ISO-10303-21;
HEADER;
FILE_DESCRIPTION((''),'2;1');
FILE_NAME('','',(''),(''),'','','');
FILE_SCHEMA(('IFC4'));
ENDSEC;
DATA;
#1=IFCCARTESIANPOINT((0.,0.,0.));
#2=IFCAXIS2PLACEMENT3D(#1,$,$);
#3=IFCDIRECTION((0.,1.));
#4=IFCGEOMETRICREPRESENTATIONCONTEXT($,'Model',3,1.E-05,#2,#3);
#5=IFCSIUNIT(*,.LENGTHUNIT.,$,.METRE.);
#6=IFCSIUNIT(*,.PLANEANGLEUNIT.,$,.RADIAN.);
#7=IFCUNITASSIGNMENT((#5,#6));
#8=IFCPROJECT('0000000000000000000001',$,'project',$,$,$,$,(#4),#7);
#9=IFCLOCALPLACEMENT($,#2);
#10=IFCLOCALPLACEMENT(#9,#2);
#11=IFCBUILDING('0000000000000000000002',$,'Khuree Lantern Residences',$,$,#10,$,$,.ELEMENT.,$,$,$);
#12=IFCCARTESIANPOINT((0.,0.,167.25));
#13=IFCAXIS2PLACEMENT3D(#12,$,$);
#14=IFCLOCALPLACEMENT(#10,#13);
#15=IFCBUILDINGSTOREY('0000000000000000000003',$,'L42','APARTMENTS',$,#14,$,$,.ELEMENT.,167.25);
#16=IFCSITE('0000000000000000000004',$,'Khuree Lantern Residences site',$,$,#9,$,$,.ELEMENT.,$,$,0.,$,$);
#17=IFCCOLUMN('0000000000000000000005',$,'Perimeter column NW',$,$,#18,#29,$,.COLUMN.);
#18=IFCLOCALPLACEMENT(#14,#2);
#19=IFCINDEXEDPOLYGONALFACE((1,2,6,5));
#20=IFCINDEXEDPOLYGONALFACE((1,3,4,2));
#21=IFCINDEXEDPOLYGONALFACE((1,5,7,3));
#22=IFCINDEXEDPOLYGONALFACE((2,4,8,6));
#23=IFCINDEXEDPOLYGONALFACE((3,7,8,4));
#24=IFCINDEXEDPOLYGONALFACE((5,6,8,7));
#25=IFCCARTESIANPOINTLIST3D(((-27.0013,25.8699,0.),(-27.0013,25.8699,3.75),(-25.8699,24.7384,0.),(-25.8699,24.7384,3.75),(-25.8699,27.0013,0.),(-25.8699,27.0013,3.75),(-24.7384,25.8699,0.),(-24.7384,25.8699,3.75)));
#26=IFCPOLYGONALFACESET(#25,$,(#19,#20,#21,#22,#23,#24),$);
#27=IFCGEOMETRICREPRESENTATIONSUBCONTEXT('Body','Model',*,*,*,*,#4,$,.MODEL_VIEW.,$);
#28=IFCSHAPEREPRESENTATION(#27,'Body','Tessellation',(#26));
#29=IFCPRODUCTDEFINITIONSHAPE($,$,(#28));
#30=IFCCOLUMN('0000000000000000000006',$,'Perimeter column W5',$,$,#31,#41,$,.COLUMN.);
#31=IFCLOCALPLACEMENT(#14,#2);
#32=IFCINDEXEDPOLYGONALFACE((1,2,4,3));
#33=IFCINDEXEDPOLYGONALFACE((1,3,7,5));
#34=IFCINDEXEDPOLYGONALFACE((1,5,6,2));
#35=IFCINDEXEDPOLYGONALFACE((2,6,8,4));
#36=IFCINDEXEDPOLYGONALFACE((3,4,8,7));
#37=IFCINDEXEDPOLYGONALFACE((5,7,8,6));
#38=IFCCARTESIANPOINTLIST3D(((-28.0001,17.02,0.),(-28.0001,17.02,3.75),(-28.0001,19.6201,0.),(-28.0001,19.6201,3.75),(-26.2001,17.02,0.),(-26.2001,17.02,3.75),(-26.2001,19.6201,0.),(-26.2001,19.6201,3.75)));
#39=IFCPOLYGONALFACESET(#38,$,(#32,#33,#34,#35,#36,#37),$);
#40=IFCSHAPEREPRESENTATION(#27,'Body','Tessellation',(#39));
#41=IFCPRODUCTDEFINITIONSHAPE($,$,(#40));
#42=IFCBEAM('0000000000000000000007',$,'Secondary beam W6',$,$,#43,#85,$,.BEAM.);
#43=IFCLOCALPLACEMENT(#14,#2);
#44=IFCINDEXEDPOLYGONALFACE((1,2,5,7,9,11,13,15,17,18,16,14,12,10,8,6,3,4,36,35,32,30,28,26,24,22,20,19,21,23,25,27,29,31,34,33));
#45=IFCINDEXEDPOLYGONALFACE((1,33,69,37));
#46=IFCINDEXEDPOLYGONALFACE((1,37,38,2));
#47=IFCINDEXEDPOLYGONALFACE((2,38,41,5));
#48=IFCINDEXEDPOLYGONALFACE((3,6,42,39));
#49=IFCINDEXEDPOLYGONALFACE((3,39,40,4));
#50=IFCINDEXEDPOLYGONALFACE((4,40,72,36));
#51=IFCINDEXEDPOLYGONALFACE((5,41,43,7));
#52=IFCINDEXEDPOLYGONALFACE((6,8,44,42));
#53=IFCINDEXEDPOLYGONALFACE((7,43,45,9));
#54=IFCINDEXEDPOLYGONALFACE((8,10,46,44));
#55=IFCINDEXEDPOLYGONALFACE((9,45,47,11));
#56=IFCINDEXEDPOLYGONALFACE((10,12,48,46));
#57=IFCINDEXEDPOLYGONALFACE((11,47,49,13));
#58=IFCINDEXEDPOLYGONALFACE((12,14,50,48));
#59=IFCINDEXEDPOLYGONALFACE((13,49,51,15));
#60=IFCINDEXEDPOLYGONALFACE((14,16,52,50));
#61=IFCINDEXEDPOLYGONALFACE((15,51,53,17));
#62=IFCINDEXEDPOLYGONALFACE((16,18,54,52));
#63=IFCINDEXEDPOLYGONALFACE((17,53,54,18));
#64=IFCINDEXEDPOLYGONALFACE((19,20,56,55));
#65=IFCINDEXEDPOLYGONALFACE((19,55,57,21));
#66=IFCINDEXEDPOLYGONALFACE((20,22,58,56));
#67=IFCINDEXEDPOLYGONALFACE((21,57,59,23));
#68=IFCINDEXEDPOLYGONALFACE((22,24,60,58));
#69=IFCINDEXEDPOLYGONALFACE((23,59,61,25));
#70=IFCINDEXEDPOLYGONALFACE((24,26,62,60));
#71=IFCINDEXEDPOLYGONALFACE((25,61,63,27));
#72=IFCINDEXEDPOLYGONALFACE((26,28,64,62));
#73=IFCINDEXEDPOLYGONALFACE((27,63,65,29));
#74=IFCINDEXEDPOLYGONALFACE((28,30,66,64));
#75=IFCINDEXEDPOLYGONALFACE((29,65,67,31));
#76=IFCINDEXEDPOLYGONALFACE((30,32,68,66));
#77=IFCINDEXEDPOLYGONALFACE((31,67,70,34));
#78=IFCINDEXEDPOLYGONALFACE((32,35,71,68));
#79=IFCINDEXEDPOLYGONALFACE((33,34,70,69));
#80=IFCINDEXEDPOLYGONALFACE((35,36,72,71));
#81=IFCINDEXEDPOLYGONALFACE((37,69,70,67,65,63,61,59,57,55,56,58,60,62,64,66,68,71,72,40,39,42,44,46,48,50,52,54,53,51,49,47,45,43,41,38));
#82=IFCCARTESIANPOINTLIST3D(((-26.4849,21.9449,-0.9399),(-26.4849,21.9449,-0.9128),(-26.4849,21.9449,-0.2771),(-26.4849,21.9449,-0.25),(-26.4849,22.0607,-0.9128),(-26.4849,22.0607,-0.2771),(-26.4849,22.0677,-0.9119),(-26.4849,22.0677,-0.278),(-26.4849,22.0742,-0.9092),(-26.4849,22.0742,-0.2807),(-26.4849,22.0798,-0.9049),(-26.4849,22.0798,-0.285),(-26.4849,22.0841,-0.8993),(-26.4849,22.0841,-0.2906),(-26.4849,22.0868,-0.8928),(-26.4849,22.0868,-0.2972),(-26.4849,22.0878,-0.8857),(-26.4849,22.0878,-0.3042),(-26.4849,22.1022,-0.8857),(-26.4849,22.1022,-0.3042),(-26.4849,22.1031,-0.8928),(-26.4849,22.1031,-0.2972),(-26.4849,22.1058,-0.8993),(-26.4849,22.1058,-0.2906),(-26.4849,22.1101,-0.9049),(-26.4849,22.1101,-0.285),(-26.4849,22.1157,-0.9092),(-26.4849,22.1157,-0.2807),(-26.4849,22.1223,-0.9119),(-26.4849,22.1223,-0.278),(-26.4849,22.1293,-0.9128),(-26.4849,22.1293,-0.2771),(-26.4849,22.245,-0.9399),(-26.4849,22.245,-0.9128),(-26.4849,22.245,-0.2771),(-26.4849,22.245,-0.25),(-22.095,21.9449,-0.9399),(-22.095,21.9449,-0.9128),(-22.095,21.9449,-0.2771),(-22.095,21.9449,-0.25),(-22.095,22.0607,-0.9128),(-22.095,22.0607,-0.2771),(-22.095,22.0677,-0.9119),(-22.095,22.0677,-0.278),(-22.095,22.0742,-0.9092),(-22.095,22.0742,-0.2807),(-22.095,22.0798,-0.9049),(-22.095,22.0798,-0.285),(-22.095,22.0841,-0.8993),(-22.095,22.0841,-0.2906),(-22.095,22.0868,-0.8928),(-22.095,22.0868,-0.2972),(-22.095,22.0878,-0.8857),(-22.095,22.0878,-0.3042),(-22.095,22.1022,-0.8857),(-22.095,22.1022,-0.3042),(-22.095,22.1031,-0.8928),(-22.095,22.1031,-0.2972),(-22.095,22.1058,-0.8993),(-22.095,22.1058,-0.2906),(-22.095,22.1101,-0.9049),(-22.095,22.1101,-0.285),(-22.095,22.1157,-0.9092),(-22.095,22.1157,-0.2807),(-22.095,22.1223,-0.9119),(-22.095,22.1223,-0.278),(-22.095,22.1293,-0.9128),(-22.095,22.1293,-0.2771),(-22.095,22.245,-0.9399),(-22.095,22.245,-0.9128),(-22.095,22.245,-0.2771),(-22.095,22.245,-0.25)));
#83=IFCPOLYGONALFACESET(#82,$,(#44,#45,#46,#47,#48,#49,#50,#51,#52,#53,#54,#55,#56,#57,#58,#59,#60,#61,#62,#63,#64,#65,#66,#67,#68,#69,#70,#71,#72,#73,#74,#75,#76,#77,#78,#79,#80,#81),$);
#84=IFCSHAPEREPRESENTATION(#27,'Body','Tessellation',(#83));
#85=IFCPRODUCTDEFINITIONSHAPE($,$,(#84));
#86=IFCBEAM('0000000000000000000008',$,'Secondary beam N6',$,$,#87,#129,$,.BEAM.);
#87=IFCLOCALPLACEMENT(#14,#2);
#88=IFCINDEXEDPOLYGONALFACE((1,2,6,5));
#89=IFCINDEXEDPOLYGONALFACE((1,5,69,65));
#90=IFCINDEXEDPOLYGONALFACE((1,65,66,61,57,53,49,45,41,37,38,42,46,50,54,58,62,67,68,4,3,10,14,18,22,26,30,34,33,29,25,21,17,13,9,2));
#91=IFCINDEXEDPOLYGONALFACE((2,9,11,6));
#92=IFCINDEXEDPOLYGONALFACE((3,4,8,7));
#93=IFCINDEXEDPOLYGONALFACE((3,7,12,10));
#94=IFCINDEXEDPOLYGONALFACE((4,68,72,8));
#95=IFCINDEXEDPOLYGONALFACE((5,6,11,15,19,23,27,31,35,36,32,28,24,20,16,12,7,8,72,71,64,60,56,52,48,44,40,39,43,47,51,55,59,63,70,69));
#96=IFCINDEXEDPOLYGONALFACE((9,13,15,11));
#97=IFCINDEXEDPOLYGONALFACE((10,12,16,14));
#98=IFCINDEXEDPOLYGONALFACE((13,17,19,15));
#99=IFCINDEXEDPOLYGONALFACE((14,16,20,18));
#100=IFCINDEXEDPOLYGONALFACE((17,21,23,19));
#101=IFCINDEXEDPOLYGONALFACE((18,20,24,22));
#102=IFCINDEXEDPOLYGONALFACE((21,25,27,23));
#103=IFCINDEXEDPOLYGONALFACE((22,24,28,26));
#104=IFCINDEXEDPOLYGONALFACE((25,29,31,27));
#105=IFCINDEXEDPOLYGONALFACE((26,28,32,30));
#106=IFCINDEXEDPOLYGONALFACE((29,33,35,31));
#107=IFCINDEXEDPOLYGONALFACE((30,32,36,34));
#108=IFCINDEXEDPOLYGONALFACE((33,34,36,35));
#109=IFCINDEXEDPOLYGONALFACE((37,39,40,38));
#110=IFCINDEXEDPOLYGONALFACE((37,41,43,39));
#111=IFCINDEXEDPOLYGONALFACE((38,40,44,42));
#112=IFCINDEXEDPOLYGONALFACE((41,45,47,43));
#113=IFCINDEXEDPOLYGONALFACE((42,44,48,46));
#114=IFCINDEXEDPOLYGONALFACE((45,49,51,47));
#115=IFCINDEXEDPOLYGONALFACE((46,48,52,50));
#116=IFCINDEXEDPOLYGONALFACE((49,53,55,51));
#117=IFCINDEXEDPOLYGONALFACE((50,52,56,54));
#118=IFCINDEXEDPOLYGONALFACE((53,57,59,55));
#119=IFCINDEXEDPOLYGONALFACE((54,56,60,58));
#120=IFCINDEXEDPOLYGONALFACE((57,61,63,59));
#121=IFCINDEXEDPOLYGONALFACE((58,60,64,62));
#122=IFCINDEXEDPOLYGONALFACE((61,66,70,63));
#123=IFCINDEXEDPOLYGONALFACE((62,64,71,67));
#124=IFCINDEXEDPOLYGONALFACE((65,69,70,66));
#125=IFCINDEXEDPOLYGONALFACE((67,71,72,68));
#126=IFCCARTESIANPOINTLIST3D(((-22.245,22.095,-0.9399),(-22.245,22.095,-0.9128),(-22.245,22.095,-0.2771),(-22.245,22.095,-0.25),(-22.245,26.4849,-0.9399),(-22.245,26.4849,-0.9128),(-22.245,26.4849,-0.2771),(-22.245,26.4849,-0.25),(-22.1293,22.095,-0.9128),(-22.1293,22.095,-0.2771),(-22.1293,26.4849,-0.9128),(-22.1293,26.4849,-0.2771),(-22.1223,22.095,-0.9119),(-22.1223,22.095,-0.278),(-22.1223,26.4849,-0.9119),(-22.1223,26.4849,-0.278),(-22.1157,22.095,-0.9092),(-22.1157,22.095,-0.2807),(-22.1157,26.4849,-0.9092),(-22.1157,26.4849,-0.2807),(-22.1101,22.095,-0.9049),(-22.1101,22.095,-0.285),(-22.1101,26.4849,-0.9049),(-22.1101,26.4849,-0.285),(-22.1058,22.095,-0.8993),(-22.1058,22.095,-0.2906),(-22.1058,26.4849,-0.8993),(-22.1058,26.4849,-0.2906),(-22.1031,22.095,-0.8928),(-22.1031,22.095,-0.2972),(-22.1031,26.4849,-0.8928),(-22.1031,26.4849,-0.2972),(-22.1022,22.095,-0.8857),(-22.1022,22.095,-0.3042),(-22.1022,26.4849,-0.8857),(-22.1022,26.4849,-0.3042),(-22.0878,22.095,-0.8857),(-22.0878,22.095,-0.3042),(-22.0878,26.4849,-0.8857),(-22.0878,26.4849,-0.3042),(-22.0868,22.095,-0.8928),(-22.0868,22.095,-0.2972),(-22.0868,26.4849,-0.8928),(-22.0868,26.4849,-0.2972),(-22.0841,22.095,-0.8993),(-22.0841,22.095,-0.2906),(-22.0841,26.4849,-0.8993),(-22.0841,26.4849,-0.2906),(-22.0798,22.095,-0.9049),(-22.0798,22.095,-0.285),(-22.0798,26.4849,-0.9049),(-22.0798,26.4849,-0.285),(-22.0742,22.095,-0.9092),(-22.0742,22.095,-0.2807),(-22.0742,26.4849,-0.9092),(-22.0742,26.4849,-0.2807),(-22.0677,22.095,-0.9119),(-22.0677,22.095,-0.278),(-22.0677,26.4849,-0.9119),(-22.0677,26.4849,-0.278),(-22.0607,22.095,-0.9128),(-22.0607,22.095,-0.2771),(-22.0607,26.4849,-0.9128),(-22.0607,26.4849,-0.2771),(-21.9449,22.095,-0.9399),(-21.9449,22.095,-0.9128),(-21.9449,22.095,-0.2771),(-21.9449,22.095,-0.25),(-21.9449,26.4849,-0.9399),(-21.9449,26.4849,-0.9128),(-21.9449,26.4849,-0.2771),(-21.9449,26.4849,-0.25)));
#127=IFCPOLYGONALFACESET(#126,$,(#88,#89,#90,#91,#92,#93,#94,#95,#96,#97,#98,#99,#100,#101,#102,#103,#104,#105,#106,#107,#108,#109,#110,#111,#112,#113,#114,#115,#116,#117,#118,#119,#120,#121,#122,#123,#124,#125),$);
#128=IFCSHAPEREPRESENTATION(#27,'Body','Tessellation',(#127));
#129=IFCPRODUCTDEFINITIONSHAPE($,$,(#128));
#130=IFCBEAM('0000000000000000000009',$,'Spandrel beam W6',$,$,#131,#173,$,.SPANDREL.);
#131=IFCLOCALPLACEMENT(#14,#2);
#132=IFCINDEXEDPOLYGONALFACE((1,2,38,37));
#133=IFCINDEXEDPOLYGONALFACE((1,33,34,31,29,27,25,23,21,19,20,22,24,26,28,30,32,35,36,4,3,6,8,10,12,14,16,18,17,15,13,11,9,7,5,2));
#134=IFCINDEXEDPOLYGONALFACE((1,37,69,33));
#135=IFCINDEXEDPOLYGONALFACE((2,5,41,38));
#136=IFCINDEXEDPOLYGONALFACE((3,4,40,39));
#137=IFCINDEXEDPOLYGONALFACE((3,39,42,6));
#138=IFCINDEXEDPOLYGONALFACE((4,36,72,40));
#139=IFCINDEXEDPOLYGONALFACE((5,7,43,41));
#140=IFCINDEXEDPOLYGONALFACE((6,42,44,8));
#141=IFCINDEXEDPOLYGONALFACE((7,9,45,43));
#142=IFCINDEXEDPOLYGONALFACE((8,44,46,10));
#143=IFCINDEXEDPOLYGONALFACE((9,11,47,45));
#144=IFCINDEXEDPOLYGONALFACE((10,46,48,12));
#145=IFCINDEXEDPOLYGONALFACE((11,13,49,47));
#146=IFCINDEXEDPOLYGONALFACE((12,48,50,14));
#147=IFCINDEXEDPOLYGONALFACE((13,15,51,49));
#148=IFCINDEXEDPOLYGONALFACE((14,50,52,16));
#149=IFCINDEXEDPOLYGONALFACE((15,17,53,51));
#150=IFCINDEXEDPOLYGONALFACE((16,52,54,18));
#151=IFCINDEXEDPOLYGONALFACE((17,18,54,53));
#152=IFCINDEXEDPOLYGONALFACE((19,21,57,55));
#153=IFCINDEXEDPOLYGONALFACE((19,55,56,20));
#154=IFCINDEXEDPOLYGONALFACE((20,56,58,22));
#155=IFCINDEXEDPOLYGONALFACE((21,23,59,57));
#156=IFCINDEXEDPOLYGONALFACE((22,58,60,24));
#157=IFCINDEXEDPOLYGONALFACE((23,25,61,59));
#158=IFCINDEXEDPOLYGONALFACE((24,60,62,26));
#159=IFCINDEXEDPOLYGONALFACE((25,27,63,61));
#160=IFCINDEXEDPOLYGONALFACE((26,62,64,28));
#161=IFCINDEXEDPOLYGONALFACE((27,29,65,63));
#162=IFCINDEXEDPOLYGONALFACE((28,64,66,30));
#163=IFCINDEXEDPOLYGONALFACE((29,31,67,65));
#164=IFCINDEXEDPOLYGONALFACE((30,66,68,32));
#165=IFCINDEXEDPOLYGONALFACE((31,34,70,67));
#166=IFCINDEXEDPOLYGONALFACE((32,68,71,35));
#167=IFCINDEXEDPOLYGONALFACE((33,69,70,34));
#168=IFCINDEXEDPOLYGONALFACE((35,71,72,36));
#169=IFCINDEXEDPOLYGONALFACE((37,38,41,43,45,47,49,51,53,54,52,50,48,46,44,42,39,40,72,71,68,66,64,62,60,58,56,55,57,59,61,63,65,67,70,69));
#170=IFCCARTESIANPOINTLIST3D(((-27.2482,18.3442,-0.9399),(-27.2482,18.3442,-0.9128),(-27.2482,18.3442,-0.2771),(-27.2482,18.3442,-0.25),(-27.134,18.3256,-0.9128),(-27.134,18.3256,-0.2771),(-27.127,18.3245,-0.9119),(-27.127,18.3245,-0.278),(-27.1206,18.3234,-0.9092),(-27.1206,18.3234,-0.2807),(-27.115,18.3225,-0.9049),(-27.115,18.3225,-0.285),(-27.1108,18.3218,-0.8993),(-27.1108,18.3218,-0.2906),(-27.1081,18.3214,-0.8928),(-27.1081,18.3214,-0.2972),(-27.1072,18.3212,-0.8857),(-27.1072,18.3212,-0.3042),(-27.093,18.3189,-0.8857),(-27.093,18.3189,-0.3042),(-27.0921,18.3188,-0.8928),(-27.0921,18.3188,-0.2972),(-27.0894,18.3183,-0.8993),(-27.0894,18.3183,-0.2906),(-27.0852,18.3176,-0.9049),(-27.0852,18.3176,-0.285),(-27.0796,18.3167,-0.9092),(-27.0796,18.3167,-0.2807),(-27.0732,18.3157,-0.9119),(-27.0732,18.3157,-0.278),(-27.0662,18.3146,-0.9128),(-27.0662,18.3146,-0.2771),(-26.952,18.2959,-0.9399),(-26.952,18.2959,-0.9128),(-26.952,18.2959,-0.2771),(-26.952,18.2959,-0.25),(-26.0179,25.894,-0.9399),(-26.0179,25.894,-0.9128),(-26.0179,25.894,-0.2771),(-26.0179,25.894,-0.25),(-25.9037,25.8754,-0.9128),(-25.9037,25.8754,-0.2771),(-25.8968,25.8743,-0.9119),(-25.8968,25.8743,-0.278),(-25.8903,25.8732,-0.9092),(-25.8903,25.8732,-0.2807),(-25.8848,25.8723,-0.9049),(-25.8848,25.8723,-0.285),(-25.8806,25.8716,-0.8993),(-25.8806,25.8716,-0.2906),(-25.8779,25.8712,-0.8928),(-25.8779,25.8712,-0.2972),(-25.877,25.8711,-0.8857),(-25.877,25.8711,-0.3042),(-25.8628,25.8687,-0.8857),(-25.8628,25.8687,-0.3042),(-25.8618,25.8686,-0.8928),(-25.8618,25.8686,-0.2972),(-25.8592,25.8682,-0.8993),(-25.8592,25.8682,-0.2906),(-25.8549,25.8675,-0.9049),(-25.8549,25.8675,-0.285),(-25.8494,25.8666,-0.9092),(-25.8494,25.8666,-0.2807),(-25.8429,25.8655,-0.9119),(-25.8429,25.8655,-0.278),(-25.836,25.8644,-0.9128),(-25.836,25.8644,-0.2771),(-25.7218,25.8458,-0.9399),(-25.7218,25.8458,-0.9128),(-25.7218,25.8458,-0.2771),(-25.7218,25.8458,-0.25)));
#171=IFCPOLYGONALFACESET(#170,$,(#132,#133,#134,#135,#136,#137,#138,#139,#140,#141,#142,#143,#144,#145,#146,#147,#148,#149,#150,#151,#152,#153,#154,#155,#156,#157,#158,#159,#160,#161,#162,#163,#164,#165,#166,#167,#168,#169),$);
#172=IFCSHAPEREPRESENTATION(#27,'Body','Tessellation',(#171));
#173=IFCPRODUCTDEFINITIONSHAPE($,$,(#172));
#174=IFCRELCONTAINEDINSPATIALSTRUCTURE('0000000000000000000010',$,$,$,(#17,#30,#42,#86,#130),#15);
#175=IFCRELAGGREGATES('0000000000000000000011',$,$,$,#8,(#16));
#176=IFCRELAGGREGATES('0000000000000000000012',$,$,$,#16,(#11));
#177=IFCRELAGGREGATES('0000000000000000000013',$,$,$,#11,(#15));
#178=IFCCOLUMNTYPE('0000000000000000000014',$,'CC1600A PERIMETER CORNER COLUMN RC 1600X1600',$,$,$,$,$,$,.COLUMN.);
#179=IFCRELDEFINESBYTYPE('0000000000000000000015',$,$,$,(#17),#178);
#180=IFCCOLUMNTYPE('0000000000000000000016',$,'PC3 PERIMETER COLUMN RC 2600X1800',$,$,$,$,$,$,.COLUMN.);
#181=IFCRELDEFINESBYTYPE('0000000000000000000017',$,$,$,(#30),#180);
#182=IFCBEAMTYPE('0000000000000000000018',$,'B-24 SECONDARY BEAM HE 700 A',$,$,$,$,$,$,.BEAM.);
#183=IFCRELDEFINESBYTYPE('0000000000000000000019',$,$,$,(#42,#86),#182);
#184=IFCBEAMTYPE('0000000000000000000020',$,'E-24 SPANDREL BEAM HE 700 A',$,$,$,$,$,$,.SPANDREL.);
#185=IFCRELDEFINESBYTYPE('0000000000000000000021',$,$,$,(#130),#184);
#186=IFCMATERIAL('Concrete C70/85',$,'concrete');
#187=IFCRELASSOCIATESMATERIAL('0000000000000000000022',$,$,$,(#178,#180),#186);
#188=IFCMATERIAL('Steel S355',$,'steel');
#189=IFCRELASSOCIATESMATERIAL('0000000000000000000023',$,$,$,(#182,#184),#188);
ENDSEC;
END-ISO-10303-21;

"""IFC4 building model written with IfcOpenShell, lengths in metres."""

from ifc_helpers import new_model, si_unit, direction, frame, origin, origin_2d, place, context, subcontext, project, spatial, rectangle, i_section, extrude, material, material_profile, profile_set, type_object, element, save


model = new_model("IFC4")

# Units and contexts
model_context = context("Model", 3, precision=1e-05, world=origin(), true_north=direction((0.0, 1.0)))
body_context = subcontext(model_context, "Body", "Model", "MODEL_VIEW")
ifc_project = project(units=[si_unit("LENGTHUNIT", "METRE"), si_unit("PLANEANGLEUNIT", "RADIAN")], contexts=[model_context])

# Site, building, storey
site_placement = place(None, origin())
site = spatial("IfcSite", under=ifc_project, at=site_placement, Name="Khuree Lantern Residences site", CompositionType="ELEMENT", RefElevation=0.0)
building_placement = place(site_placement, origin())
building = spatial("IfcBuilding", under=site, at=building_placement, Name="Khuree Lantern Residences", CompositionType="ELEMENT")
storey_placement = place(building_placement, frame((0.0, 0.0, 167.25)))
storey = spatial("IfcBuildingStorey", under=building, at=storey_placement, Name="L42", Description="APARTMENTS", CompositionType="ELEMENT", Elevation=167.25)

# Columns
ifc_material_1 = material(Name="Concrete C70/85", Category="concrete")
ifc_material_profile_1 = material_profile(ifc_material_1, rectangle(XDim=1.6001, YDim=1.6001, at=origin_2d()), Name="RC 1600X1600")
ifc_profile_set_1 = profile_set([ifc_material_profile_1], Name="Concrete C70/85")
column_type_1 = type_object("IfcColumnType", Name="CC1600A PERIMETER CORNER COLUMN RC 1600X1600", PredefinedType="COLUMN", material=ifc_profile_set_1)
column_1_placement = place(storey_placement, frame((-25.8699, 25.8699, 0.0), z_axis=(0.0, 0.0, 1.0), x_axis=(0.707107, 0.707107, 0.0)))
element("IfcColumn", 1, at=column_1_placement, inside=storey, type_object=column_type_1, Name="Perimeter column NW", PredefinedType="COLUMN", context=body_context, shape_type="SweptSolid", body=[
    extrude(rectangle(XDim=1.6001, YDim=1.6001, at=origin_2d()), origin(), (0.0, 0.0, 1.0), 3.75),
])
ifc_material_profile_2 = material_profile(ifc_material_1, rectangle(XDim=2.6001, YDim=1.8, at=origin_2d()), Name="RC 2600X1800")
ifc_profile_set_2 = profile_set([ifc_material_profile_2], Name="Concrete C70/85")
column_type_2 = type_object("IfcColumnType", Name="PC3 PERIMETER COLUMN RC 2600X1800", PredefinedType="COLUMN", material=ifc_profile_set_2)
column_2_placement = place(storey_placement, frame((-27.1001, 18.3201, 0.0), z_axis=(0.0, 0.0, 1.0), x_axis=(0.0, 1.0, 0.0)))
element("IfcColumn", 2, at=column_2_placement, inside=storey, type_object=column_type_2, Name="Perimeter column W5", PredefinedType="COLUMN", context=body_context, shape_type="SweptSolid", body=[
    extrude(rectangle(XDim=2.6001, YDim=1.8, at=origin_2d()), origin(), (0.0, 0.0, 1.0), 3.75),
])

# Beams
ifc_material_2 = material(Name="Steel S355", Category="steel")
ifc_material_profile_3 = material_profile(ifc_material_2, i_section(OverallWidth=0.3, OverallDepth=0.6899, WebThickness=0.0144, FlangeThickness=0.0271, FilletRadius=0.0271, at=origin_2d()), Name="HE 700 A")
ifc_profile_set_3 = profile_set([ifc_material_profile_3], Name="Steel S355")
beam_type_1 = type_object("IfcBeamType", Name="B-24 SECONDARY BEAM HE 700 A", PredefinedType="BEAM", material=ifc_profile_set_3)
for number, where, z_axis, x_axis, name in (
    (3, (-26.4849, 22.095, -0.595), (1.0, 0.0, 0.0), (0.0, 1.0, 0.0), "Secondary beam W6"),
    (4, (-22.095, 26.4849, -0.595), (0.0, -1.0, 0.0), (1.0, 0.0, 0.0), "Secondary beam N6"),
):
    element("IfcBeam", number, at=place(storey_placement, frame(where, z_axis=z_axis, x_axis=x_axis)), inside=storey, type_object=beam_type_1, Name=name, PredefinedType="BEAM", context=body_context, shape_type="SweptSolid", body=[
        extrude(i_section(OverallWidth=0.3, OverallDepth=0.6899, WebThickness=0.0144, FlangeThickness=0.0271, FilletRadius=0.0271, at=origin_2d()), origin(), (0.0, 0.0, 1.0), 4.3899),
    ])
ifc_material_profile_4 = material_profile(ifc_material_2, i_section(OverallWidth=0.3, OverallDepth=0.6899, WebThickness=0.0144, FlangeThickness=0.0271, FilletRadius=0.0271, at=origin_2d()), Name="HE 700 A")
ifc_profile_set_4 = profile_set([ifc_material_profile_4], Name="Steel S355")
beam_type_2 = type_object("IfcBeamType", Name="E-24 SPANDREL BEAM HE 700 A", PredefinedType="SPANDREL", material=ifc_profile_set_4)
for number, where, z_axis, x_axis, name in (
    (5, (-27.1001, 18.3201, -0.595), (0.160827, 0.986983, 0.0), (-0.986983, 0.160827, 0.0), "Spandrel beam W6"),
):
    element("IfcBeam", number, at=place(storey_placement, frame(where, z_axis=z_axis, x_axis=x_axis)), inside=storey, type_object=beam_type_2, Name=name, PredefinedType="SPANDREL", context=body_context, shape_type="SweptSolid", body=[
        extrude(i_section(OverallWidth=0.3, OverallDepth=0.6899, WebThickness=0.0144, FlangeThickness=0.0271, FilletRadius=0.0271, at=origin_2d()), origin(), (0.0, 0.0, 1.0), 7.6494),
    ])

save(model, "model.ifc")
